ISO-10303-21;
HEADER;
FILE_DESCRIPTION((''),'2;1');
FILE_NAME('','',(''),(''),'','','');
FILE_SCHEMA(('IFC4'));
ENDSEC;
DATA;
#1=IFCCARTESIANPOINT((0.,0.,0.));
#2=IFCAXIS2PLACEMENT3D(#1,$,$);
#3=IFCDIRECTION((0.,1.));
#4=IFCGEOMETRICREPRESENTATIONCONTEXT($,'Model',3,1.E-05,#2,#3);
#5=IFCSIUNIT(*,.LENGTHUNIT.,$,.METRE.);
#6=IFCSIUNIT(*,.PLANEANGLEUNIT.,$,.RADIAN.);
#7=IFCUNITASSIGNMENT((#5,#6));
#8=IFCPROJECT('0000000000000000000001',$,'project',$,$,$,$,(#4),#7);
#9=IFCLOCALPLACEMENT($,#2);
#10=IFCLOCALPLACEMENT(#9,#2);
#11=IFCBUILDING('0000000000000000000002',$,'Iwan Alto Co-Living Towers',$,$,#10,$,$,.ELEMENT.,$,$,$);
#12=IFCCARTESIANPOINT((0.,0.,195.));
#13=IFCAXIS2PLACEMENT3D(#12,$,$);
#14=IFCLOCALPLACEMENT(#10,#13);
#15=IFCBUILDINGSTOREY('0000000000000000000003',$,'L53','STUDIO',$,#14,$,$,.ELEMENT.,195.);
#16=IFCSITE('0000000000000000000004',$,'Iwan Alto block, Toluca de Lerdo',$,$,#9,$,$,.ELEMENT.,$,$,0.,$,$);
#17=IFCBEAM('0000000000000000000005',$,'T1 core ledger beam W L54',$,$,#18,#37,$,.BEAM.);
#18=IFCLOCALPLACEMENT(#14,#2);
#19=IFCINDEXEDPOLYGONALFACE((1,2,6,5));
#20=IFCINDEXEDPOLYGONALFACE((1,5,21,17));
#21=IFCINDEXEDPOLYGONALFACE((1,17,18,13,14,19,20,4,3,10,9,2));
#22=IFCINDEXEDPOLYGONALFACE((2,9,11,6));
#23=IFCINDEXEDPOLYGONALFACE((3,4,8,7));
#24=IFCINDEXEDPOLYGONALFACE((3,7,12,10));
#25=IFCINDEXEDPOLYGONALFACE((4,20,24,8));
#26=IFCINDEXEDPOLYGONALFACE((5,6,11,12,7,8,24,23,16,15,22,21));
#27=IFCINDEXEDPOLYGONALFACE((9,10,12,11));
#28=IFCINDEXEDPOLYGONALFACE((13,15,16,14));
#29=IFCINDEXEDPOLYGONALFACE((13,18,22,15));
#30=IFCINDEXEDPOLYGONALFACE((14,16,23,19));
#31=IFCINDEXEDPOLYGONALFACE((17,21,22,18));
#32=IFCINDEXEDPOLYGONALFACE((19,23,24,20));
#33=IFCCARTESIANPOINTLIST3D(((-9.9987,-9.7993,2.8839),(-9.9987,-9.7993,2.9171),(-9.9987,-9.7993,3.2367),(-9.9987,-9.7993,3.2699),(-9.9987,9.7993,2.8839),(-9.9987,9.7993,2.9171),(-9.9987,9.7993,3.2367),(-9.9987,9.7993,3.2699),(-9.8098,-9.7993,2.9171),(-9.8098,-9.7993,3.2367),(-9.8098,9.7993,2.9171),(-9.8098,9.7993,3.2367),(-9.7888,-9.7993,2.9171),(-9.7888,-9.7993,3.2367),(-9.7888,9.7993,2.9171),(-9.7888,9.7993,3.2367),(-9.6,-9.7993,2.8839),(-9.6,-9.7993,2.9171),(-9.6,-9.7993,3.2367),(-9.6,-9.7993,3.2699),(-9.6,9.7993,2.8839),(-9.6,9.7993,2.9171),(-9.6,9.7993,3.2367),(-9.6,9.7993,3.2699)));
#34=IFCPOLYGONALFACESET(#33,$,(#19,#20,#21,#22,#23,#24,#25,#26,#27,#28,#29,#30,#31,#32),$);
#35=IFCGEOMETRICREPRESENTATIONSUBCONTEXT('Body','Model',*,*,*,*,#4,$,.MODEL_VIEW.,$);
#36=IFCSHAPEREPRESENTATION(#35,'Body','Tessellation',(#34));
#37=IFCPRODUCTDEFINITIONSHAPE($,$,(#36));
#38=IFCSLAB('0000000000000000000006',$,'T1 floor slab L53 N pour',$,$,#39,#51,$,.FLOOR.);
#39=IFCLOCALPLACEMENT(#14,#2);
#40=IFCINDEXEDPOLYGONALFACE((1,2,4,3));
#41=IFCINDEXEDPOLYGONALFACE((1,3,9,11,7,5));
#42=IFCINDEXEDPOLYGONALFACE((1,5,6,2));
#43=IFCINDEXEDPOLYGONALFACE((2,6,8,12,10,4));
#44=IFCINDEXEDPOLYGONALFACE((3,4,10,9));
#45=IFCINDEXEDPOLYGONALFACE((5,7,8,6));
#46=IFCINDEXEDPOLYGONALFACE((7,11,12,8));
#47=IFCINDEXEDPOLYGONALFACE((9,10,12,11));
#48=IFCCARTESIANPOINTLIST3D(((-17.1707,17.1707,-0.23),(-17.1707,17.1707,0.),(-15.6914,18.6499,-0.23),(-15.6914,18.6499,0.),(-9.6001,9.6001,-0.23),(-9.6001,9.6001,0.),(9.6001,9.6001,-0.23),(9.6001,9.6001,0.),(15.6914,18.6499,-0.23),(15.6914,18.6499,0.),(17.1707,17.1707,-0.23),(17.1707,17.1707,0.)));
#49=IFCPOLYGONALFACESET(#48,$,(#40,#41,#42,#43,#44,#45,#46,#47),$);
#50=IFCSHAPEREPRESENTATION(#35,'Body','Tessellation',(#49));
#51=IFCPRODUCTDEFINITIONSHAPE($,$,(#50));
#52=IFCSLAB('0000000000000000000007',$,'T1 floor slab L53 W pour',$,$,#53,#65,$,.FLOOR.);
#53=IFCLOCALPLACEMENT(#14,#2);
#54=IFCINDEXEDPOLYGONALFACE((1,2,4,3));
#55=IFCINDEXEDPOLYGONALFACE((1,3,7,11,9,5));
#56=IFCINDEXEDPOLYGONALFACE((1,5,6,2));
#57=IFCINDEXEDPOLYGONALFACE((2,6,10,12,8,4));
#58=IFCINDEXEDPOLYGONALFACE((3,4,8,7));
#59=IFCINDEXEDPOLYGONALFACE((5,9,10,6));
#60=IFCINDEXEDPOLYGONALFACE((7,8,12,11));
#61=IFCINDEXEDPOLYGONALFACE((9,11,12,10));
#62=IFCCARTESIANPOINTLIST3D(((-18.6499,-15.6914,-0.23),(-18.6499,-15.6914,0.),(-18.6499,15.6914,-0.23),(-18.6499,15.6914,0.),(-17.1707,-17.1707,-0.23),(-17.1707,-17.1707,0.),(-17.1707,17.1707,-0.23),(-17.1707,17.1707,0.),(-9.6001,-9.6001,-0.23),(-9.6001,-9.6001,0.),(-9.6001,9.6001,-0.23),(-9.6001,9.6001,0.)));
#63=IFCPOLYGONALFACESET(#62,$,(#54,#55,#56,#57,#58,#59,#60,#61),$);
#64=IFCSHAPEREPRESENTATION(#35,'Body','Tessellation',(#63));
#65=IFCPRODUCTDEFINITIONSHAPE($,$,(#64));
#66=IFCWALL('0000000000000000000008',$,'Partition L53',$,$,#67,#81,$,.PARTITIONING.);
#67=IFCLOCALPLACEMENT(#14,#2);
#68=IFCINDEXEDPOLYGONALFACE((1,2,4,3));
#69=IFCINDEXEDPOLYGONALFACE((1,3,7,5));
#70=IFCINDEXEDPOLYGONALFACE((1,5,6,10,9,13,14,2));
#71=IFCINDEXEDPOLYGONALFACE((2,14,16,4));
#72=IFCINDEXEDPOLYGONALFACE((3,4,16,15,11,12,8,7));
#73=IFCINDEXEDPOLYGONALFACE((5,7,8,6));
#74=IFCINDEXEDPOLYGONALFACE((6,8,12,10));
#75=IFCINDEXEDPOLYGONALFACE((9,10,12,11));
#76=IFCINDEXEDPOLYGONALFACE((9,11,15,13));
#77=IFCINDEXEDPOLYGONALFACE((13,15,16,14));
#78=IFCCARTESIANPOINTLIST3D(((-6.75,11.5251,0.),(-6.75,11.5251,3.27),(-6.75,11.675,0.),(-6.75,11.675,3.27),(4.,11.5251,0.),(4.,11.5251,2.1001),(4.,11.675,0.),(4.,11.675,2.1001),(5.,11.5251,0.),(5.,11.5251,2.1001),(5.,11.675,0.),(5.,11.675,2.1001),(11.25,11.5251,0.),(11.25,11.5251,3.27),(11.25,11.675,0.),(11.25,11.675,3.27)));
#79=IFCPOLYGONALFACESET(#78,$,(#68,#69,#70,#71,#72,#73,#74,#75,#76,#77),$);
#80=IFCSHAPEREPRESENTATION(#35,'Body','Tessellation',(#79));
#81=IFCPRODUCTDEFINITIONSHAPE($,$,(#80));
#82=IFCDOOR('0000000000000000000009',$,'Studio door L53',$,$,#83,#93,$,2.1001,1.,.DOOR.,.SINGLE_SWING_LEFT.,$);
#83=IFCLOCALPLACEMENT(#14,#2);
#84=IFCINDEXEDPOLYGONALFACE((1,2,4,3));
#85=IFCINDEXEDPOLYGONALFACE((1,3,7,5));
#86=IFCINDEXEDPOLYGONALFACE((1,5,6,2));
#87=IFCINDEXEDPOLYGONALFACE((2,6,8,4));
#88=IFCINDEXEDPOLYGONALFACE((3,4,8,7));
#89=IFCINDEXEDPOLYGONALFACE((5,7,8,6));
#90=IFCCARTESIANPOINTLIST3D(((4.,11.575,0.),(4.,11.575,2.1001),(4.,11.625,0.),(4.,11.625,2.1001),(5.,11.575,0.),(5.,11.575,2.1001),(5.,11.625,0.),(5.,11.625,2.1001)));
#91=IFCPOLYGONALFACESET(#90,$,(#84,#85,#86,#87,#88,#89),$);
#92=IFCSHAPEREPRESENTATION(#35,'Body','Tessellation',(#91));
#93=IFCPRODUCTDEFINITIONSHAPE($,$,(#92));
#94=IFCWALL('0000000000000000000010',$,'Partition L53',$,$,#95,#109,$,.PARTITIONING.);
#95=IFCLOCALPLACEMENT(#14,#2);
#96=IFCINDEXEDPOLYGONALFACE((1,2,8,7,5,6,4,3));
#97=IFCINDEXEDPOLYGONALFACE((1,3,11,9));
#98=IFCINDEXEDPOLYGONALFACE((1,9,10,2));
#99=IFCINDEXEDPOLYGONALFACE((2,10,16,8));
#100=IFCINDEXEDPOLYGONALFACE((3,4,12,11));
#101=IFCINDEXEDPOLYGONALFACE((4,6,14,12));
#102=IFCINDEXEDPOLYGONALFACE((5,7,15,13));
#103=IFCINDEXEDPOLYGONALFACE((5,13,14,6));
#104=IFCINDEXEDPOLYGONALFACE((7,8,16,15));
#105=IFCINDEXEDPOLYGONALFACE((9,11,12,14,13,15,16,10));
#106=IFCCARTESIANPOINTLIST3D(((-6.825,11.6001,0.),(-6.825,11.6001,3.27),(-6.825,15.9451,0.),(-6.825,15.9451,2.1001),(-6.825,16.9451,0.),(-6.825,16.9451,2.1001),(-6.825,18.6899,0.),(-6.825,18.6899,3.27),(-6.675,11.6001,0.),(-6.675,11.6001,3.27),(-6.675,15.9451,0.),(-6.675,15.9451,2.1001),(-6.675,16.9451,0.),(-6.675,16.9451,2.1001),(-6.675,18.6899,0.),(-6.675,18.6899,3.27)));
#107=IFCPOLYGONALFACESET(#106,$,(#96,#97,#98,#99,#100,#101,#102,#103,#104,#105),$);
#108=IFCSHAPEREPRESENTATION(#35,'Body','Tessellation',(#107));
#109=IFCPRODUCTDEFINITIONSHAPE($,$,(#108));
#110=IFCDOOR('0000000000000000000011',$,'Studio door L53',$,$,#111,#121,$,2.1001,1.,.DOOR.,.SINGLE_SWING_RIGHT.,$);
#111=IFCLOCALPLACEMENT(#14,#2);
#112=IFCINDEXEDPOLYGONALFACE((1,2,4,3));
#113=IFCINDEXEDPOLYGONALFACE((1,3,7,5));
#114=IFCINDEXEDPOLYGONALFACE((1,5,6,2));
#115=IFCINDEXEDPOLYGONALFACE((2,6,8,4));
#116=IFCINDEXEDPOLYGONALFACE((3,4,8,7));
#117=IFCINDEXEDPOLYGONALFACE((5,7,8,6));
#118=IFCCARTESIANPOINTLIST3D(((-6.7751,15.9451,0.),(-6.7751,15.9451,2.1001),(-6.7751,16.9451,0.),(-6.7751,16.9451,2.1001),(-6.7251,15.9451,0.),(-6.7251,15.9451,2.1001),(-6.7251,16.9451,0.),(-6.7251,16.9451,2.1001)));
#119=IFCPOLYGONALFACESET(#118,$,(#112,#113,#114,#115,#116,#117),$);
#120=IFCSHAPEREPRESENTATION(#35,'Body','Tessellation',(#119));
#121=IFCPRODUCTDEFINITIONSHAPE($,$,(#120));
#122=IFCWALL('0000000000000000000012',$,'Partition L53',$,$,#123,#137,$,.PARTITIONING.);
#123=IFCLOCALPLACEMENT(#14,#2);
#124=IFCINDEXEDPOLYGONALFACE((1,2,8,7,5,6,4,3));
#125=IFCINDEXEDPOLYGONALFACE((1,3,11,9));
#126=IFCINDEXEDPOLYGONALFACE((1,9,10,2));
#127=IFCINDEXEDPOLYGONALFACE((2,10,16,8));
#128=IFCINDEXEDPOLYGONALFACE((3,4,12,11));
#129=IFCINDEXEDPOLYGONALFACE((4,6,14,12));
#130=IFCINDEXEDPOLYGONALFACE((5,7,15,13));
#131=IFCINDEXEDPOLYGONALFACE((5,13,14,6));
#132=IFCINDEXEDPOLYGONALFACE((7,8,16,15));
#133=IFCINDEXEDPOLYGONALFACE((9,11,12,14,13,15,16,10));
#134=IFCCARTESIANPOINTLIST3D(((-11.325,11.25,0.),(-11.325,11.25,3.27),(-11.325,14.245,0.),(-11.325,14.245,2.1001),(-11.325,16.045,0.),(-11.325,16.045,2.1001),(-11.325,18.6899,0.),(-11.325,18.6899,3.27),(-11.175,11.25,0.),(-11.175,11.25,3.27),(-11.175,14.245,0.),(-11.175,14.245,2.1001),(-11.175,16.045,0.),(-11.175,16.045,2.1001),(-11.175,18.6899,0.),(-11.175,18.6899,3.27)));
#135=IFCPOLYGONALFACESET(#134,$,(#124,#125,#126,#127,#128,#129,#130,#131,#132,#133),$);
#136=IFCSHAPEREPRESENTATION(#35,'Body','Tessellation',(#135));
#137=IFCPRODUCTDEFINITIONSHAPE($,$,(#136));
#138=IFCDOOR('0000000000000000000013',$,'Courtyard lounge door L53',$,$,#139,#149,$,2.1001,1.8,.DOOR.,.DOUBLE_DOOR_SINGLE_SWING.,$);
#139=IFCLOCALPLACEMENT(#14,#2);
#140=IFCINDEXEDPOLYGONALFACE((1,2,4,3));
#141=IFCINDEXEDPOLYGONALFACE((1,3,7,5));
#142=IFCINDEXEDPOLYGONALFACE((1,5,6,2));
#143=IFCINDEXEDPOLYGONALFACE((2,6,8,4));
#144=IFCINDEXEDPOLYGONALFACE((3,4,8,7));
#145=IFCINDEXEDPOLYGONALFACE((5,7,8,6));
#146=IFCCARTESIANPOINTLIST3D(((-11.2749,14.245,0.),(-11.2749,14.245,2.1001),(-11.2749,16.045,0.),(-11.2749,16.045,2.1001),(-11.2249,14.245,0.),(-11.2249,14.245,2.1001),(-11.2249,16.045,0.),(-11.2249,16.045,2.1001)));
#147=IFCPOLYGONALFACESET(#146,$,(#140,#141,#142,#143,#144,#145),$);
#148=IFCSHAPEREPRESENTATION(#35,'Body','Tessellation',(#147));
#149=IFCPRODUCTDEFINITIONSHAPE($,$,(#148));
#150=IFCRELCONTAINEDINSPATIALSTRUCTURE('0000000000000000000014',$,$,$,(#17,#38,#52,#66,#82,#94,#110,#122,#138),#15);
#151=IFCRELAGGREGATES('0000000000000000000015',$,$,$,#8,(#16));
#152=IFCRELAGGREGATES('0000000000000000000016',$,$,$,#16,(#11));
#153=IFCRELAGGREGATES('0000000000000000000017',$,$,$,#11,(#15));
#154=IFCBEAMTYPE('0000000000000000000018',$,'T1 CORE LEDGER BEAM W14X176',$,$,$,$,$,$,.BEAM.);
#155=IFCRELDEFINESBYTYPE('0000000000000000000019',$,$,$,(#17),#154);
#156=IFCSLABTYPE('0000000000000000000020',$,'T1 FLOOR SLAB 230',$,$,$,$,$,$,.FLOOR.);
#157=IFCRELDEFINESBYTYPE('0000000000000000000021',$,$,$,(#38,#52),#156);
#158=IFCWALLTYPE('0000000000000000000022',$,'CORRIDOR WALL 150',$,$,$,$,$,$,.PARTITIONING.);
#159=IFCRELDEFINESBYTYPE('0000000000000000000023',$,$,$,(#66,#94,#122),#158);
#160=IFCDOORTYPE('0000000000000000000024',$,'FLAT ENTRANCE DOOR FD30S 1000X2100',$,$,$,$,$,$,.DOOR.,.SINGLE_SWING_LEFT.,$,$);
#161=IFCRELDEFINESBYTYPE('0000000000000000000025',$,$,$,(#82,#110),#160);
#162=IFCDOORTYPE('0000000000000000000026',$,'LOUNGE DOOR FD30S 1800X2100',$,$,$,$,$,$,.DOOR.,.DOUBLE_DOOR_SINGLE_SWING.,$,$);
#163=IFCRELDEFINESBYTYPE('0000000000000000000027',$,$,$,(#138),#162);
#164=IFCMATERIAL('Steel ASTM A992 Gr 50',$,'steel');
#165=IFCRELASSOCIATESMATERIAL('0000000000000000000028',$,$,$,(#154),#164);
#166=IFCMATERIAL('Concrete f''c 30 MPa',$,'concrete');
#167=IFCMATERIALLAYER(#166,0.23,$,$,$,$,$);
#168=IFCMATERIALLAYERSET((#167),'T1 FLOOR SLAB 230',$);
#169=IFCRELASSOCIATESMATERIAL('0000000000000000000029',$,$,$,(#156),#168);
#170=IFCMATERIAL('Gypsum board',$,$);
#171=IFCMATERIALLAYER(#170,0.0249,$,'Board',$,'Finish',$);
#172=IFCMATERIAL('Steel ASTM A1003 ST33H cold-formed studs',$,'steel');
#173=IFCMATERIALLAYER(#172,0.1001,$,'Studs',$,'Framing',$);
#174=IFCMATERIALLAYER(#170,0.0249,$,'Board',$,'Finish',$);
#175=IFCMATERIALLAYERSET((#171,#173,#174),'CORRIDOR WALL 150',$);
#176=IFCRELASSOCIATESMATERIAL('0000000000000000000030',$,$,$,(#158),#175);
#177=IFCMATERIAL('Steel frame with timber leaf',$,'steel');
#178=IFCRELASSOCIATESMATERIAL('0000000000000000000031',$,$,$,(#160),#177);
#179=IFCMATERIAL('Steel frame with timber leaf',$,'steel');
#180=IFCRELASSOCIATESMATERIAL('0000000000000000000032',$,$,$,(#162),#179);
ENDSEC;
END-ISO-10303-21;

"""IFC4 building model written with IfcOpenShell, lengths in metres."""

from ifc_helpers import new_model, si_unit, direction, frame, frame_2d, origin, origin_2d, place, context, subcontext, project, spatial, polyline, rectangle, i_section, outline, extrude, material, layer, layer_set, material_profile, profile_set, type_object, element, fill, save


model = new_model("IFC4")

# Units and contexts
model_context = context("Model", 3, precision=1e-05, world=origin(), true_north=direction((0.0, 1.0)))
body_context = subcontext(model_context, "Body", "Model", "MODEL_VIEW")
ifc_project = project(units=[si_unit("LENGTHUNIT", "METRE"), si_unit("PLANEANGLEUNIT", "RADIAN")], contexts=[model_context])

# Site, building, storey
site_placement = place(None, origin())
site = spatial("IfcSite", under=ifc_project, at=site_placement, Name="Iwan Alto block, Toluca de Lerdo", CompositionType="ELEMENT", RefElevation=0.0)
building_placement = place(site_placement, origin())
building = spatial("IfcBuilding", under=site, at=building_placement, Name="Iwan Alto Co-Living Towers", CompositionType="ELEMENT")
storey_placement = place(building_placement, frame((0.0, 0.0, 195.0)))
storey = spatial("IfcBuildingStorey", under=building, at=storey_placement, Name="L53", Description="STUDIO", CompositionType="ELEMENT", Elevation=195.0)

# Beam
ifc_material_1 = material(Name="Steel ASTM A992 Gr 50", Category="steel")
ifc_material_profile = material_profile(ifc_material_1, i_section(OverallWidth=0.3987, OverallDepth=0.386, WebThickness=0.021, FlangeThickness=0.0332, at=origin_2d()), Name="W14X176")
ifc_profile_set = profile_set([ifc_material_profile], Name="Steel ASTM A992 Gr 50")
beam_type = type_object("IfcBeamType", Name="T1 CORE LEDGER BEAM W14X176", PredefinedType="BEAM", material=ifc_profile_set)
beam_placement = place(storey_placement, frame((-9.7993, 9.7993, 3.0769), z_axis=(0.0, -1.0, 0.0), x_axis=(1.0, 0.0, 0.0)))
element("IfcBeam", 1, at=beam_placement, inside=storey, type_object=beam_type, Name="T1 core ledger beam W L54", PredefinedType="BEAM", context=body_context, shape_type="SweptSolid", body=[
    extrude(i_section(OverallWidth=0.3987, OverallDepth=0.386, WebThickness=0.021, FlangeThickness=0.0332, at=origin_2d()), origin(), (0.0, 0.0, 1.0), 19.5986),
])

# Slabs
ifc_material_2 = material(Name="Concrete f'c 30 MPa", Category="concrete")
ifc_layer_1 = layer(ifc_material_2, 0.23)
ifc_layer_set_1 = layer_set([ifc_layer_1], Name="T1 FLOOR SLAB 230")
slab_type = type_object("IfcSlabType", Name="T1 FLOOR SLAB 230", PredefinedType="FLOOR", material=ifc_layer_set_1)
slab_1_placement = place(storey_placement, frame((0.0, 0.0, -0.23)))
element("IfcSlab", 2, at=slab_1_placement, inside=storey, type_object=slab_type, Name="T1 floor slab L53 N pour", PredefinedType="FLOOR", context=body_context, shape_type="SweptSolid", body=[
    extrude(outline(polyline([(-15.6914, 18.6499), (15.6914, 18.6499), (17.1707, 17.1707), (9.6001, 9.6001), (-9.6001, 9.6001), (-17.1707, 17.1707), (-15.6914, 18.6499)])), origin(), (0.0, 0.0, 1.0), 0.23),
])
slab_2_placement = place(storey_placement, frame((0.0, 0.0, -0.23)))
element("IfcSlab", 3, at=slab_2_placement, inside=storey, type_object=slab_type, Name="T1 floor slab L53 W pour", PredefinedType="FLOOR", context=body_context, shape_type="SweptSolid", body=[
    extrude(outline(polyline([(-18.6499, 15.6914), (-17.1707, 17.1707), (-9.6001, 9.6001), (-9.6001, -9.6001), (-17.1707, -17.1707), (-18.6499, -15.6914), (-18.6499, 15.6914)])), origin(), (0.0, 0.0, 1.0), 0.23),
])

# Walls, openings, doors
ifc_material_3 = material(Name="Gypsum board")
ifc_layer_2 = layer(ifc_material_3, 0.0249, Name="Board", Category="Finish")
ifc_material_4 = material(Name="Steel ASTM A1003 ST33H cold-formed studs", Category="steel")
ifc_layer_3 = layer(ifc_material_4, 0.1001, Name="Studs", Category="Framing")
ifc_layer_4 = layer(ifc_material_3, 0.0249, Name="Board", Category="Finish")
ifc_layer_set_2 = layer_set([ifc_layer_2, ifc_layer_3, ifc_layer_4], Name="CORRIDOR WALL 150")
wall_type_1 = type_object("IfcWallType", Name="CORRIDOR WALL 150", PredefinedType="PARTITIONING", material=ifc_layer_set_2)
wall_1_placement = place(storey_placement, frame((-6.75, 11.6001, 0.0), z_axis=(0.0, 0.0, 1.0), x_axis=(1.0, 0.0, 0.0)))
wall_1 = element("IfcWall", 4, at=wall_1_placement, inside=storey, type_object=wall_type_1, Name="Partition L53", PredefinedType="PARTITIONING", context=body_context, shape_type="SweptSolid", body=[
    extrude(rectangle(XDim=18.0, YDim=0.1499, at=frame_2d((9.0, 0.0))), origin(), (0.0, 0.0, 1.0), 3.27),
])
opening_1_placement = place(wall_1_placement, frame((10.75, 0.0, 0.0)))
opening_1 = element("IfcOpeningElement", 5, at=opening_1_placement, cuts=wall_1, PredefinedType="OPENING", context=body_context, shape_type="SweptSolid", body=[
    extrude(rectangle(XDim=1.0, YDim=2.1001, at=frame_2d((0.5, 1.05))), frame((0.0, 0.085, 0.0), z_axis=(0.0, -1.0, 0.0), x_axis=(1.0, 0.0, 0.0)), (0.0, 0.0, 1.0), 0.1699),
])
ifc_material_5 = material(Name="Steel frame with timber leaf", Category="steel")
door_type_1 = type_object("IfcDoorType", Name="FLAT ENTRANCE DOOR FD30S 1000X2100", OperationType="SINGLE_SWING_LEFT", PredefinedType="DOOR", material=ifc_material_5)
door_1_placement = place(opening_1_placement, origin())
door_1 = element("IfcDoor", 6, at=door_1_placement, inside=storey, type_object=door_type_1, Name="Studio door L53", OperationType="SINGLE_SWING_LEFT", OverallHeight=2.1001, OverallWidth=1.0, PredefinedType="DOOR", context=body_context, shape_type="SweptSolid", body=[
    extrude(rectangle(XDim=1.0, YDim=2.1001, at=frame_2d((0.5, 1.05))), frame((0.0, 0.0249, 0.0), z_axis=(0.0, -1.0, 0.0), x_axis=(1.0, 0.0, 0.0)), (0.0, 0.0, 1.0), 0.05),
])
fill(opening_1, door_1)
wall_2_placement = place(storey_placement, frame((-6.75, 11.6001, 0.0), z_axis=(0.0, 0.0, 1.0), x_axis=(0.0, 1.0, 0.0)))
wall_2 = element("IfcWall", 7, at=wall_2_placement, inside=storey, type_object=wall_type_1, Name="Partition L53", PredefinedType="PARTITIONING", context=body_context, shape_type="SweptSolid", body=[
    extrude(rectangle(XDim=7.0898, YDim=0.1499, at=frame_2d((3.5449, 0.0))), origin(), (0.0, 0.0, 1.0), 3.27),
])
opening_2_placement = place(wall_2_placement, frame((4.345, 0.0, 0.0)))
opening_2 = element("IfcOpeningElement", 8, at=opening_2_placement, cuts=wall_2, PredefinedType="OPENING", context=body_context, shape_type="SweptSolid", body=[
    extrude(rectangle(XDim=1.0, YDim=2.1001, at=frame_2d((0.5, 1.05))), frame((0.0, 0.085, 0.0), z_axis=(0.0, -1.0, 0.0), x_axis=(1.0, 0.0, 0.0)), (0.0, 0.0, 1.0), 0.1699),
])
door_2_placement = place(opening_2_placement, frame((1.0, 0.0, 0.0), z_axis=(0.0, 0.0, 1.0), x_axis=(-1.0, 0.0, 0.0)))
door_2 = element("IfcDoor", 9, at=door_2_placement, inside=storey, type_object=door_type_1, Name="Studio door L53", OperationType="SINGLE_SWING_RIGHT", OverallHeight=2.1001, OverallWidth=1.0, PredefinedType="DOOR", context=body_context, shape_type="SweptSolid", body=[
    extrude(rectangle(XDim=1.0, YDim=2.1001, at=frame_2d((0.5, 1.05))), frame((0.0, 0.0249, 0.0), z_axis=(0.0, -1.0, 0.0), x_axis=(1.0, 0.0, 0.0)), (0.0, 0.0, 1.0), 0.05),
])
fill(opening_2, door_2)
wall_3_placement = place(storey_placement, frame((-11.25, 11.25, 0.0), z_axis=(0.0, 0.0, 1.0), x_axis=(0.0, 1.0, 0.0)))
wall_3 = element("IfcWall", 10, at=wall_3_placement, inside=storey, type_object=wall_type_1, Name="Partition L53", PredefinedType="PARTITIONING", context=body_context, shape_type="SweptSolid", body=[
    extrude(rectangle(XDim=7.4399, YDim=0.1499, at=frame_2d((3.72, 0.0))), origin(), (0.0, 0.0, 1.0), 3.27),
])
opening_3_placement = place(wall_3_placement, frame((2.9951, 0.0, 0.0)))
opening_3 = element("IfcOpeningElement", 11, at=opening_3_placement, cuts=wall_3, PredefinedType="OPENING", context=body_context, shape_type="SweptSolid", body=[
    extrude(rectangle(XDim=1.8, YDim=2.1001, at=frame_2d((0.8999, 1.05))), frame((0.0, 0.085, 0.0), z_axis=(0.0, -1.0, 0.0), x_axis=(1.0, 0.0, 0.0)), (0.0, 0.0, 1.0), 0.1699),
])
ifc_material_6 = material(Name="Steel frame with timber leaf", Category="steel")
door_type_2 = type_object("IfcDoorType", Name="LOUNGE DOOR FD30S 1800X2100", OperationType="DOUBLE_DOOR_SINGLE_SWING", PredefinedType="DOOR", material=ifc_material_6)
door_3_placement = place(opening_3_placement, origin())
door_3 = element("IfcDoor", 12, at=door_3_placement, inside=storey, type_object=door_type_2, Name="Courtyard lounge door L53", OperationType="DOUBLE_DOOR_SINGLE_SWING", OverallHeight=2.1001, OverallWidth=1.8, PredefinedType="DOOR", context=body_context, shape_type="SweptSolid", body=[
    extrude(rectangle(XDim=1.8, YDim=2.1001, at=frame_2d((0.8999, 1.05))), frame((0.0, 0.0249, 0.0), z_axis=(0.0, -1.0, 0.0), x_axis=(1.0, 0.0, 0.0)), (0.0, 0.0, 1.0), 0.05),
])
fill(opening_3, door_3)

save(model, "model.ifc")
